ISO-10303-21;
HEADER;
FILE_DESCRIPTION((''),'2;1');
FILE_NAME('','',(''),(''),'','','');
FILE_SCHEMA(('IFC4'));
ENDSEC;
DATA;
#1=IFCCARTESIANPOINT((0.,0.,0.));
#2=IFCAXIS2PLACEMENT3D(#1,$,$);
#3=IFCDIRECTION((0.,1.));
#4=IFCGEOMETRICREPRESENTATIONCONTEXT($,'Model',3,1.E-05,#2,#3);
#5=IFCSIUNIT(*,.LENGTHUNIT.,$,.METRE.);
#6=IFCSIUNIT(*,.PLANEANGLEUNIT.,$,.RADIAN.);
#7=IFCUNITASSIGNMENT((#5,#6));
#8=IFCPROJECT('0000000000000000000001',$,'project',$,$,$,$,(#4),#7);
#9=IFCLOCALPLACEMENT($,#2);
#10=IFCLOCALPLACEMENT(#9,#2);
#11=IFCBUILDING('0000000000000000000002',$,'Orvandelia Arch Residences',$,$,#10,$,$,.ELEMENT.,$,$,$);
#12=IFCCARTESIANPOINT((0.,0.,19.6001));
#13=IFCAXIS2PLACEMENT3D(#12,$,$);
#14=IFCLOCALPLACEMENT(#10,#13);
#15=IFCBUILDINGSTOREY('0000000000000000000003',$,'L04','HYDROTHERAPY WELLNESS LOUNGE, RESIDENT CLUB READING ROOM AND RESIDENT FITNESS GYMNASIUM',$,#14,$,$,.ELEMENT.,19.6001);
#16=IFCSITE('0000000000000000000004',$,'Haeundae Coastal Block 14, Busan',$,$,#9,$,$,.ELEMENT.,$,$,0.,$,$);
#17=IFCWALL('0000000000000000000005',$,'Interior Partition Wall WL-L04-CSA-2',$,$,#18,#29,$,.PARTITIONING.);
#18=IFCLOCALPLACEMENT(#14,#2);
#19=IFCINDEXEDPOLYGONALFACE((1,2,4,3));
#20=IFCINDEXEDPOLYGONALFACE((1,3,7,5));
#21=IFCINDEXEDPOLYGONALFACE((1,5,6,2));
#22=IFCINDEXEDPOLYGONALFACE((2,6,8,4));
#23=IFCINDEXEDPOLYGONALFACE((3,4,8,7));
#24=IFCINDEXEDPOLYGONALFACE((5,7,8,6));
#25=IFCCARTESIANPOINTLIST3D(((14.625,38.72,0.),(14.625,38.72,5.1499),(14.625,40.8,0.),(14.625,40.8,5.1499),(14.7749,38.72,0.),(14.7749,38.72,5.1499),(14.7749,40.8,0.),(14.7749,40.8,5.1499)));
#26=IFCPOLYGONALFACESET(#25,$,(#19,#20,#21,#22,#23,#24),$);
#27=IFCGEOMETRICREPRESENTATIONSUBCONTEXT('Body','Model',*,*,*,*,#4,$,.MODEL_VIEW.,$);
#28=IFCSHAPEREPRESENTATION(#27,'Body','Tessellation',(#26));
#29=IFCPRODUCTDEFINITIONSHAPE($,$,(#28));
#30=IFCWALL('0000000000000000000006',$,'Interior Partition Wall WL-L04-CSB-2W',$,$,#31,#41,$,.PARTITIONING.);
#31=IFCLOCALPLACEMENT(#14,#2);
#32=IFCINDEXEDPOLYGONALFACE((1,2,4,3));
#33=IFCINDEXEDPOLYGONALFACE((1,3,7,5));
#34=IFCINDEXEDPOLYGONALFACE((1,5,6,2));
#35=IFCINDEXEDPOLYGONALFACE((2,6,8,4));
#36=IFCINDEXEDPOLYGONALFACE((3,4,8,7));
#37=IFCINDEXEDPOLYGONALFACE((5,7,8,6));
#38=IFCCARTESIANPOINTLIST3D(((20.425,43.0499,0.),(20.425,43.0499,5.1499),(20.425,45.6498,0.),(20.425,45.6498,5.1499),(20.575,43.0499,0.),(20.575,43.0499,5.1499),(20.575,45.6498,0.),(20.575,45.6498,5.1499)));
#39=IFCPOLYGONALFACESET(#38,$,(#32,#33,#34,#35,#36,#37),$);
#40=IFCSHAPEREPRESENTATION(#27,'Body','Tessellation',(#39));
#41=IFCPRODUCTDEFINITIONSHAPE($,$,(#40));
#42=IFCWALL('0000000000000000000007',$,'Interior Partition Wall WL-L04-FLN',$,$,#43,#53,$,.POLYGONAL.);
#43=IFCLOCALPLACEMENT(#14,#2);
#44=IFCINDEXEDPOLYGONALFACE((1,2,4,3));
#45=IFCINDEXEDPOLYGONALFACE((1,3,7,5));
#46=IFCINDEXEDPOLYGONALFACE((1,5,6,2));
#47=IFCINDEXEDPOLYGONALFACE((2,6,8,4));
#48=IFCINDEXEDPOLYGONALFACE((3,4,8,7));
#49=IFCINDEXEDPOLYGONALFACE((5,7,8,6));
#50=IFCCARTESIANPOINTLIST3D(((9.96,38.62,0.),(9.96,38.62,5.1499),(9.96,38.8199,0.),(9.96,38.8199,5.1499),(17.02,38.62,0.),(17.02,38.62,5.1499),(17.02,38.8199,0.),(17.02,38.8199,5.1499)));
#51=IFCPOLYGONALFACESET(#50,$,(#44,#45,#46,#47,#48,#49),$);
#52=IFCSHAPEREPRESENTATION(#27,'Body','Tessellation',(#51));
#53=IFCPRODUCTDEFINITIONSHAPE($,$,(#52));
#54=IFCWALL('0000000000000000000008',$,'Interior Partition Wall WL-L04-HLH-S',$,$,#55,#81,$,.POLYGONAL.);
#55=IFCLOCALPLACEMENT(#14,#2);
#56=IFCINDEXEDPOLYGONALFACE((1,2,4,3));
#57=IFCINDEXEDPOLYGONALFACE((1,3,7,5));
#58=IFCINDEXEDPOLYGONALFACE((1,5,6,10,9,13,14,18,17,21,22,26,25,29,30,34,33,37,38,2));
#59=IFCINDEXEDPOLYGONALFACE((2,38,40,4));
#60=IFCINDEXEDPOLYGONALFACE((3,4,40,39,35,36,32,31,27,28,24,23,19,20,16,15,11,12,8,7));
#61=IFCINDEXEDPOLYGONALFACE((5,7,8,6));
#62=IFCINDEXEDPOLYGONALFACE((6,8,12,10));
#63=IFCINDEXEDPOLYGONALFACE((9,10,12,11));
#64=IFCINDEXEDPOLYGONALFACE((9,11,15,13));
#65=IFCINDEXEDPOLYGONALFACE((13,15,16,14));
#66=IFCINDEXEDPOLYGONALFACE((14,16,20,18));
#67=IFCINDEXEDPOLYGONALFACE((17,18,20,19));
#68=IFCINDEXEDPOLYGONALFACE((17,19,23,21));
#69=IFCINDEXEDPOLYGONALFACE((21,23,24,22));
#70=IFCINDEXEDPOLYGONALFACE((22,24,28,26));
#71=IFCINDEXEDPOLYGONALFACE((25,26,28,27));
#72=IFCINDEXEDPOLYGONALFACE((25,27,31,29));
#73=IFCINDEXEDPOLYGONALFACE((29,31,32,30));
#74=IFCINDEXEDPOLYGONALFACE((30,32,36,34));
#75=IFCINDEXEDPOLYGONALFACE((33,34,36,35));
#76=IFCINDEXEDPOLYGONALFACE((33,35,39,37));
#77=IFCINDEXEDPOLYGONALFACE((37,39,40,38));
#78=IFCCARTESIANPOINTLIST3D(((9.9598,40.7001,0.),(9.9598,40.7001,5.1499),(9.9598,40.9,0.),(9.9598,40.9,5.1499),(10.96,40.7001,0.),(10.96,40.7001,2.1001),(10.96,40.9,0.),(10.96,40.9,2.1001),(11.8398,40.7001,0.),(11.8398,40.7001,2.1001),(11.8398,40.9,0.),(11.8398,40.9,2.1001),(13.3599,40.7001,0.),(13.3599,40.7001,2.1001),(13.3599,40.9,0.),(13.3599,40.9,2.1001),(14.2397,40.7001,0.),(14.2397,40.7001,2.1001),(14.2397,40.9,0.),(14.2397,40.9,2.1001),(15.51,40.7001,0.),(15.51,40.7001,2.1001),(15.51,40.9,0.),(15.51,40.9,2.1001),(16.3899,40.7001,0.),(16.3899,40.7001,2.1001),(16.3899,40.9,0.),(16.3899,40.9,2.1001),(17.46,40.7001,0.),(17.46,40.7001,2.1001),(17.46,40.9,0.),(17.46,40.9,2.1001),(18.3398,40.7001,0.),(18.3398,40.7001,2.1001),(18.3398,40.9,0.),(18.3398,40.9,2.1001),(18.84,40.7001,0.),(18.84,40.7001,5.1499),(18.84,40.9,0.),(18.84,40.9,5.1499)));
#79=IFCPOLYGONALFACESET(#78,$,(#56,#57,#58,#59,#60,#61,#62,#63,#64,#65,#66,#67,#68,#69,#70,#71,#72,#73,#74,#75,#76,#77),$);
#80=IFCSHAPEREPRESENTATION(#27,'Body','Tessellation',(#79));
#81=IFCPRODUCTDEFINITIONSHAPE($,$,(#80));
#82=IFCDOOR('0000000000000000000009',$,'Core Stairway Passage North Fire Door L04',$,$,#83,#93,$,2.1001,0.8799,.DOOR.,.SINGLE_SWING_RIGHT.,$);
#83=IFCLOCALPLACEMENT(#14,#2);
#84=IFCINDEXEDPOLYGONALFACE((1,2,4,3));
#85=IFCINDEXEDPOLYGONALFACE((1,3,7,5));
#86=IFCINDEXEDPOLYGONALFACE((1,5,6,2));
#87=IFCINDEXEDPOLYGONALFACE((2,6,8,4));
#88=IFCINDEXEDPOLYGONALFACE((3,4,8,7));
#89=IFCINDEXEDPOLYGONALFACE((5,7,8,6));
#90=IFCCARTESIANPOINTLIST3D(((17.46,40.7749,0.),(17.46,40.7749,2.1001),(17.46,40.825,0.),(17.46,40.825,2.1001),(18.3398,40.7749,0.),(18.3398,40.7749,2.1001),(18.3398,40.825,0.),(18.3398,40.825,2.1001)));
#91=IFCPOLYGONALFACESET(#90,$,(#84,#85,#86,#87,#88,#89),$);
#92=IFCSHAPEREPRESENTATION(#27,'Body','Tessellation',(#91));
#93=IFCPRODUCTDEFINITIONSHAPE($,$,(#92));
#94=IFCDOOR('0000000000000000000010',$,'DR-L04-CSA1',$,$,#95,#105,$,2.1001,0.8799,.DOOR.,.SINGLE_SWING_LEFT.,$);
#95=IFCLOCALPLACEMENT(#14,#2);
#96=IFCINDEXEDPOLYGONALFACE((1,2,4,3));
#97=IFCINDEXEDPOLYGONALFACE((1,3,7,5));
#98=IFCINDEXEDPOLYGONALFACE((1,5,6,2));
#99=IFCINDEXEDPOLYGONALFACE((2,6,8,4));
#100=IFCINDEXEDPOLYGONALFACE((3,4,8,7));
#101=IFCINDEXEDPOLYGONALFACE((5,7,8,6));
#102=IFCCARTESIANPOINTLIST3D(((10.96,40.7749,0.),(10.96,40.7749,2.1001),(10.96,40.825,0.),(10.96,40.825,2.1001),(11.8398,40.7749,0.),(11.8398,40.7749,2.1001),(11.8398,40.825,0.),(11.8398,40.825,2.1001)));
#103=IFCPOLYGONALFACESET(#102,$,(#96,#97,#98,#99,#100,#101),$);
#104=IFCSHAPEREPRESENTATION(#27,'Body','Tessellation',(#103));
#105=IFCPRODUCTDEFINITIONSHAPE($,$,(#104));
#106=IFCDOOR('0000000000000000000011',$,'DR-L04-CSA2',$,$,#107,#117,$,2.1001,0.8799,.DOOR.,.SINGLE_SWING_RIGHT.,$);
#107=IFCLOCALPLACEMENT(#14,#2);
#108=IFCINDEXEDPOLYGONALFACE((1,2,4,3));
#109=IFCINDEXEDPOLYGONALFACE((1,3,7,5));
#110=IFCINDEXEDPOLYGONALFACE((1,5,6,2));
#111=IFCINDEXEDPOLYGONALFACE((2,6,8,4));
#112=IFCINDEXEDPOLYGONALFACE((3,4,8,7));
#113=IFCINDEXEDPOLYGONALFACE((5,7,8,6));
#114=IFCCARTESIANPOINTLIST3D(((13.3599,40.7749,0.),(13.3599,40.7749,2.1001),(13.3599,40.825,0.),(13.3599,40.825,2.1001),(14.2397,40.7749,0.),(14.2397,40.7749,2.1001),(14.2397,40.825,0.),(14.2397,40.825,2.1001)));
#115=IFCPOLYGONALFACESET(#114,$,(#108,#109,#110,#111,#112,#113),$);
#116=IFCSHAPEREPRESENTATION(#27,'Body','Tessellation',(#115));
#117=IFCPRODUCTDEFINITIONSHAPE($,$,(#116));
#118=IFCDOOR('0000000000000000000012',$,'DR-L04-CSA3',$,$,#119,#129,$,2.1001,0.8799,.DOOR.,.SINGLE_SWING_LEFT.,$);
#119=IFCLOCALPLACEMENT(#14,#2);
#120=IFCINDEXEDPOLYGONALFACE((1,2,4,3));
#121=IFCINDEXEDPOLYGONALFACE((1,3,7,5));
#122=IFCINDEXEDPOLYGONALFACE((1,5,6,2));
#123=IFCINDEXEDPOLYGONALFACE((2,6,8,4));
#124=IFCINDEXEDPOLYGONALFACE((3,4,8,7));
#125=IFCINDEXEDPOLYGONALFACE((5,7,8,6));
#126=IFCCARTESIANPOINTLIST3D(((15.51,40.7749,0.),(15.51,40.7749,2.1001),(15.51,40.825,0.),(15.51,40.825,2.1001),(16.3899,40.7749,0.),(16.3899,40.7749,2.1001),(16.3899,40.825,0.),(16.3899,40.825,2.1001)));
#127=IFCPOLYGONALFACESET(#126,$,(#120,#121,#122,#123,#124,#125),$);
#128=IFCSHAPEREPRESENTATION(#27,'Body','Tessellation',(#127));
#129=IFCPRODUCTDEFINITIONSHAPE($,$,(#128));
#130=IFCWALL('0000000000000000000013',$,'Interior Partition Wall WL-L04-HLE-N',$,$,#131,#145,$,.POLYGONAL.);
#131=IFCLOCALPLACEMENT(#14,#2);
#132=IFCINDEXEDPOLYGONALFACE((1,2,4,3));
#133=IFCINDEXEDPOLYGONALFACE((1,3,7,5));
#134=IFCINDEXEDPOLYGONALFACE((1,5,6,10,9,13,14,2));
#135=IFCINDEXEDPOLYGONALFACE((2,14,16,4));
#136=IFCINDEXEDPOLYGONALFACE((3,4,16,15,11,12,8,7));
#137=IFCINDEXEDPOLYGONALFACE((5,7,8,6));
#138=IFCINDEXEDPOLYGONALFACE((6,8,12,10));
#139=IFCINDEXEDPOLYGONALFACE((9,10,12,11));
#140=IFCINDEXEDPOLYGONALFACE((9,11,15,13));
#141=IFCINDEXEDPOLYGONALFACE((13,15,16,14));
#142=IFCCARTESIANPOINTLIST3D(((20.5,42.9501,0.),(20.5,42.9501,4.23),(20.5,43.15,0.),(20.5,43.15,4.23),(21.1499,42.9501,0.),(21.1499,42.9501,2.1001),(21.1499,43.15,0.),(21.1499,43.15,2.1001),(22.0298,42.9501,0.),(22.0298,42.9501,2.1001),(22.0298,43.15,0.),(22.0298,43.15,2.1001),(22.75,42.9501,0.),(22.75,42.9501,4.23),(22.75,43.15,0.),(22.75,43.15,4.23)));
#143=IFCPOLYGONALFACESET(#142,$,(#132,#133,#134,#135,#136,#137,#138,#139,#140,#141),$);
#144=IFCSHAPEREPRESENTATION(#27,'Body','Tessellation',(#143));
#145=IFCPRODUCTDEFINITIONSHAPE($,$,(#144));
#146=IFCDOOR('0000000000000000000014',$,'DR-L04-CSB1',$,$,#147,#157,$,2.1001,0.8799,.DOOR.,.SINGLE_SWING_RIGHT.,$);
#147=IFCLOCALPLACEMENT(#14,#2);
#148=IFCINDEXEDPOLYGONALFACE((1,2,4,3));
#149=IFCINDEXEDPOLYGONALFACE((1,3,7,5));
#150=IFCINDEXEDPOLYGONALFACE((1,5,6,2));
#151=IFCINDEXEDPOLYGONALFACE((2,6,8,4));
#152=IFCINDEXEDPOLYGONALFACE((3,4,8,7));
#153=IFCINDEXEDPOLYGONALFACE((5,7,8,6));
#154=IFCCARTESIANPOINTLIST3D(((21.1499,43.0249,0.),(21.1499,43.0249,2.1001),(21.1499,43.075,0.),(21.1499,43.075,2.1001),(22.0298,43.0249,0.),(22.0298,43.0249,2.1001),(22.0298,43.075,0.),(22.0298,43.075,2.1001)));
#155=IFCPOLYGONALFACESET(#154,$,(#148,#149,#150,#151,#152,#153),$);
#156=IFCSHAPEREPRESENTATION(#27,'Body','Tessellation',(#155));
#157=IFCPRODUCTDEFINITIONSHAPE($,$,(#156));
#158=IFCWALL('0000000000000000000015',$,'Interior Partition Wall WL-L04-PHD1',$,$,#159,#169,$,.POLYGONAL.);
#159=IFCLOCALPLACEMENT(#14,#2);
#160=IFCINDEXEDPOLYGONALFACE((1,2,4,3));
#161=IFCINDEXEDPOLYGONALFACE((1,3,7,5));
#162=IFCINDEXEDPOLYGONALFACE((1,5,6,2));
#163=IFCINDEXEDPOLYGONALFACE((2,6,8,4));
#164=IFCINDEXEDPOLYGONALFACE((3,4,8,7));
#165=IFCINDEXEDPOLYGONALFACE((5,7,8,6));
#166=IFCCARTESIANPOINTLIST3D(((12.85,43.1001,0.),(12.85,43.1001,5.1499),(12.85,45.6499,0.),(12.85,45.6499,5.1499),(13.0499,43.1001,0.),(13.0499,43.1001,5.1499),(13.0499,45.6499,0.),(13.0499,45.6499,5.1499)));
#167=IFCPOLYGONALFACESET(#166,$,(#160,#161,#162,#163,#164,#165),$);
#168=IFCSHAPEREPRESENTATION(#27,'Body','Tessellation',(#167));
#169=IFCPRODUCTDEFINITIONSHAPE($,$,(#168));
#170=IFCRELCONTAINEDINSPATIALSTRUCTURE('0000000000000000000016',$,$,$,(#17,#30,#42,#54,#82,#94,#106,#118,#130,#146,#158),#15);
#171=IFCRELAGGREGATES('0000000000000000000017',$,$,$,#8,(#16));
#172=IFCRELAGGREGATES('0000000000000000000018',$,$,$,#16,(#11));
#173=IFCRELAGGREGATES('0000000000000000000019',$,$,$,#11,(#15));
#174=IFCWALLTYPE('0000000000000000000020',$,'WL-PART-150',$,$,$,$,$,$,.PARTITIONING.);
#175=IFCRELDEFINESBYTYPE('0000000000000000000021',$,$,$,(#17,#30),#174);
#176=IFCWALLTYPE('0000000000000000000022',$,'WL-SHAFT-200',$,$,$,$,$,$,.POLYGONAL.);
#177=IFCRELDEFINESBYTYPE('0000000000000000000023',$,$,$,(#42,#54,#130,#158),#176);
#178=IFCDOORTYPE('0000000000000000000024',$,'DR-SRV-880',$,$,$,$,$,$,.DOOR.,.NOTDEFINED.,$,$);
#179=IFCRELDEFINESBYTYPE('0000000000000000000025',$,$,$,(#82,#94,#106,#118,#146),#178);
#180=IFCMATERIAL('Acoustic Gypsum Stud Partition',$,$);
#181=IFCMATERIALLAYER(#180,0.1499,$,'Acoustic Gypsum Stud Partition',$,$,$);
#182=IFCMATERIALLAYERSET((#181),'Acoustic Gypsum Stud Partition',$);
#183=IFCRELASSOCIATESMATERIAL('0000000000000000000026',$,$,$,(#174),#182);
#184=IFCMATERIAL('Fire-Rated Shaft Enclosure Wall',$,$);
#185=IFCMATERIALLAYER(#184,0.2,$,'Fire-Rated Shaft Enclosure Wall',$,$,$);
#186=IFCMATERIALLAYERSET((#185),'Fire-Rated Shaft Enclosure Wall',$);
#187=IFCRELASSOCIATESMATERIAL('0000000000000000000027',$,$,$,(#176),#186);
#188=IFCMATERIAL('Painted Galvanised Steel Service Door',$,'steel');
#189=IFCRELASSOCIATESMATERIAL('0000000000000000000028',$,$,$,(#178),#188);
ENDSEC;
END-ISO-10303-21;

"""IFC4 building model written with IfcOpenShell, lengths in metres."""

from ifc_helpers import new_model, si_unit, direction, frame, frame_2d, origin, place, context, subcontext, project, spatial, rectangle, extrude, material, layer, layer_set, type_object, element, fill, save


model = new_model("IFC4")

# Units and contexts
model_context = context("Model", 3, precision=1e-05, world=origin(), true_north=direction((0.0, 1.0)))
body_context = subcontext(model_context, "Body", "Model", "MODEL_VIEW")
ifc_project = project(units=[si_unit("LENGTHUNIT", "METRE"), si_unit("PLANEANGLEUNIT", "RADIAN")], contexts=[model_context])

# Site, building, storey
site_placement = place(None, origin())
site = spatial("IfcSite", under=ifc_project, at=site_placement, Name="Haeundae Coastal Block 14, Busan", CompositionType="ELEMENT", RefElevation=0.0)
building_placement = place(site_placement, origin())
building = spatial("IfcBuilding", under=site, at=building_placement, Name="Orvandelia Arch Residences", CompositionType="ELEMENT")
storey_placement = place(building_placement, frame((0.0, 0.0, 19.6001)))
storey = spatial("IfcBuildingStorey", under=building, at=storey_placement, Name="L04", Description="HYDROTHERAPY WELLNESS LOUNGE, RESIDENT CLUB READING ROOM AND RESIDENT FITNESS GYMNASIUM", CompositionType="ELEMENT", Elevation=19.6001)

# Walls
ifc_material_1 = material(Name="Acoustic Gypsum Stud Partition")
ifc_layer_1 = layer(ifc_material_1, 0.1499, Name="Acoustic Gypsum Stud Partition")
ifc_layer_set_1 = layer_set([ifc_layer_1], Name="Acoustic Gypsum Stud Partition")
wall_type_1 = type_object("IfcWallType", Name="WL-PART-150", PredefinedType="PARTITIONING", material=ifc_layer_set_1)
for number, where, z_axis, x_axis, name in (
    (1, (14.7, 38.72, 0.0), (0.0, 0.0, 1.0), (0.0, 1.0, 0.0), "Interior Partition Wall WL-L04-CSA-2"),
):
    element("IfcWall", number, at=place(storey_placement, frame(where, z_axis=z_axis, x_axis=x_axis)), inside=storey, type_object=wall_type_1, Name=name, PredefinedType="PARTITIONING", context=body_context, shape_type="SweptSolid", body=[
        extrude(rectangle(XDim=2.0801, YDim=0.1499, at=frame_2d((1.04, 0.0))), origin(), (0.0, 0.0, 1.0), 5.1499),
    ])
wall_1_placement = place(storey_placement, frame((20.5, 43.05, 0.0), z_axis=(0.0, 0.0, 1.0), x_axis=(0.0, 1.0, 0.0)))
element("IfcWall", 2, at=wall_1_placement, inside=storey, type_object=wall_type_1, Name="Interior Partition Wall WL-L04-CSB-2W", PredefinedType="PARTITIONING", context=body_context, shape_type="SweptSolid", body=[
    extrude(rectangle(XDim=2.5999, YDim=0.1499, at=frame_2d((1.2998, 0.0))), origin(), (0.0, 0.0, 1.0), 5.1499),
])
ifc_material_2 = material(Name="Fire-Rated Shaft Enclosure Wall")
ifc_layer_2 = layer(ifc_material_2, 0.2, Name="Fire-Rated Shaft Enclosure Wall")
ifc_layer_set_2 = layer_set([ifc_layer_2], Name="Fire-Rated Shaft Enclosure Wall")
wall_type_2 = type_object("IfcWallType", Name="WL-SHAFT-200", PredefinedType="POLYGONAL", material=ifc_layer_set_2)
wall_2_placement = place(storey_placement, frame((9.96, 38.72, 0.0), z_axis=(0.0, 0.0, 1.0), x_axis=(1.0, 0.0, 0.0)))
element("IfcWall", 3, at=wall_2_placement, inside=storey, type_object=wall_type_2, Name="Interior Partition Wall WL-L04-FLN", PredefinedType="POLYGONAL", context=body_context, shape_type="SweptSolid", body=[
    extrude(rectangle(XDim=7.0601, YDim=0.2, at=frame_2d((3.53, 0.0))), origin(), (0.0, 0.0, 1.0), 5.1499),
])

# Wall, openings, doors
wall_3_placement = place(storey_placement, frame((9.96, 40.8, 0.0), z_axis=(0.0, 0.0, 1.0), x_axis=(1.0, 0.0, 0.0)))
wall_3 = element("IfcWall", 4, at=wall_3_placement, inside=storey, type_object=wall_type_2, Name="Interior Partition Wall WL-L04-HLH-S", PredefinedType="POLYGONAL", context=body_context, shape_type="SweptSolid", body=[
    extrude(rectangle(XDim=8.8801, YDim=0.2, at=frame_2d((4.4399, 0.0))), origin(), (0.0, 0.0, 1.0), 5.1499),
])
opening_1_placement = place(wall_3_placement, frame((7.5, 0.0, 0.0)))
opening_1 = element("IfcOpeningElement", 5, at=opening_1_placement, cuts=wall_3, PredefinedType="OPENING", context=body_context, shape_type="SweptSolid", body=[
    extrude(rectangle(XDim=0.8799, YDim=2.1001, at=frame_2d((0.4399, 1.05))), frame((0.0, 0.1099, 0.0), z_axis=(0.0, -1.0, 0.0), x_axis=(1.0, 0.0, 0.0)), (0.0, 0.0, 1.0), 0.22),
])
opening_2_placement = place(wall_3_placement, frame((1.0, 0.0, 0.0)))
opening_2 = element("IfcOpeningElement", 6, at=opening_2_placement, cuts=wall_3, PredefinedType="OPENING", context=body_context, shape_type="SweptSolid", body=[
    extrude(rectangle(XDim=0.8799, YDim=2.1001, at=frame_2d((0.4399, 1.05))), frame((0.0, 0.1099, 0.0), z_axis=(0.0, -1.0, 0.0), x_axis=(1.0, 0.0, 0.0)), (0.0, 0.0, 1.0), 0.22),
])
opening_3_placement = place(wall_3_placement, frame((3.3999, 0.0, 0.0)))
opening_3 = element("IfcOpeningElement", 7, at=opening_3_placement, cuts=wall_3, PredefinedType="OPENING", context=body_context, shape_type="SweptSolid", body=[
    extrude(rectangle(XDim=0.8799, YDim=2.1001, at=frame_2d((0.4399, 1.05))), frame((0.0, 0.1099, 0.0), z_axis=(0.0, -1.0, 0.0), x_axis=(1.0, 0.0, 0.0)), (0.0, 0.0, 1.0), 0.22),
])
opening_4_placement = place(wall_3_placement, frame((5.55, 0.0, 0.0)))
opening_4 = element("IfcOpeningElement", 8, at=opening_4_placement, cuts=wall_3, PredefinedType="OPENING", context=body_context, shape_type="SweptSolid", body=[
    extrude(rectangle(XDim=0.8799, YDim=2.1001, at=frame_2d((0.4399, 1.05))), frame((0.0, 0.1099, 0.0), z_axis=(0.0, -1.0, 0.0), x_axis=(1.0, 0.0, 0.0)), (0.0, 0.0, 1.0), 0.22),
])
ifc_material_3 = material(Name="Painted Galvanised Steel Service Door", Category="steel")
door_type = type_object("IfcDoorType", Name="DR-SRV-880", OperationType="NOTDEFINED", PredefinedType="DOOR", material=ifc_material_3)
door_1_placement = place(opening_1_placement, origin())
door_1 = element("IfcDoor", 9, at=door_1_placement, inside=storey, type_object=door_type, Name="Core Stairway Passage North Fire Door L04", OperationType="SINGLE_SWING_RIGHT", OverallHeight=2.1001, OverallWidth=0.8799, PredefinedType="DOOR", context=body_context, shape_type="SweptSolid", body=[
    extrude(rectangle(XDim=0.8799, YDim=2.1001, at=frame_2d((0.4399, 1.05))), frame((0.0, 0.0249, 0.0), z_axis=(0.0, -1.0, 0.0), x_axis=(1.0, 0.0, 0.0)), (0.0, 0.0, 1.0), 0.05),
])
fill(opening_1, door_1)
door_2_placement = place(opening_2_placement, origin())
door_2 = element("IfcDoor", 10, at=door_2_placement, inside=storey, type_object=door_type, Name="DR-L04-CSA1", OperationType="SINGLE_SWING_LEFT", OverallHeight=2.1001, OverallWidth=0.8799, PredefinedType="DOOR", context=body_context, shape_type="SweptSolid", body=[
    extrude(rectangle(XDim=0.8799, YDim=2.1001, at=frame_2d((0.4399, 1.05))), frame((0.0, 0.0249, 0.0), z_axis=(0.0, -1.0, 0.0), x_axis=(1.0, 0.0, 0.0)), (0.0, 0.0, 1.0), 0.05),
])
fill(opening_2, door_2)
door_3_placement = place(opening_3_placement, origin())
door_3 = element("IfcDoor", 11, at=door_3_placement, inside=storey, type_object=door_type, Name="DR-L04-CSA2", OperationType="SINGLE_SWING_RIGHT", OverallHeight=2.1001, OverallWidth=0.8799, PredefinedType="DOOR", context=body_context, shape_type="SweptSolid", body=[
    extrude(rectangle(XDim=0.8799, YDim=2.1001, at=frame_2d((0.4399, 1.05))), frame((0.0, 0.0249, 0.0), z_axis=(0.0, -1.0, 0.0), x_axis=(1.0, 0.0, 0.0)), (0.0, 0.0, 1.0), 0.05),
])
fill(opening_3, door_3)
door_4_placement = place(opening_4_placement, origin())
door_4 = element("IfcDoor", 12, at=door_4_placement, inside=storey, type_object=door_type, Name="DR-L04-CSA3", OperationType="SINGLE_SWING_LEFT", OverallHeight=2.1001, OverallWidth=0.8799, PredefinedType="DOOR", context=body_context, shape_type="SweptSolid", body=[
    extrude(rectangle(XDim=0.8799, YDim=2.1001, at=frame_2d((0.4399, 1.05))), frame((0.0, 0.0249, 0.0), z_axis=(0.0, -1.0, 0.0), x_axis=(1.0, 0.0, 0.0)), (0.0, 0.0, 1.0), 0.05),
])
fill(opening_4, door_4)

# Wall, opening, door
wall_4_placement = place(storey_placement, frame((20.5, 43.05, 0.0), z_axis=(0.0, 0.0, 1.0), x_axis=(1.0, 0.0, 0.0)))
wall_4 = element("IfcWall", 13, at=wall_4_placement, inside=storey, type_object=wall_type_2, Name="Interior Partition Wall WL-L04-HLE-N", PredefinedType="POLYGONAL", context=body_context, shape_type="SweptSolid", body=[
    extrude(rectangle(XDim=2.25, YDim=0.2, at=frame_2d((1.125, 0.0))), origin(), (0.0, 0.0, 1.0), 4.23),
])
opening_5_placement = place(wall_4_placement, frame((0.6499, 0.0, 0.0)))
opening_5 = element("IfcOpeningElement", 14, at=opening_5_placement, cuts=wall_4, PredefinedType="OPENING", context=body_context, shape_type="SweptSolid", body=[
    extrude(rectangle(XDim=0.8799, YDim=2.1001, at=frame_2d((0.4399, 1.05))), frame((0.0, 0.1099, 0.0), z_axis=(0.0, -1.0, 0.0), x_axis=(1.0, 0.0, 0.0)), (0.0, 0.0, 1.0), 0.22),
])
door_5_placement = place(opening_5_placement, origin())
door_5 = element("IfcDoor", 15, at=door_5_placement, inside=storey, type_object=door_type, Name="DR-L04-CSB1", OperationType="SINGLE_SWING_RIGHT", OverallHeight=2.1001, OverallWidth=0.8799, PredefinedType="DOOR", context=body_context, shape_type="SweptSolid", body=[
    extrude(rectangle(XDim=0.8799, YDim=2.1001, at=frame_2d((0.4399, 1.05))), frame((0.0, 0.0249, 0.0), z_axis=(0.0, -1.0, 0.0), x_axis=(1.0, 0.0, 0.0)), (0.0, 0.0, 1.0), 0.05),
])
fill(opening_5, door_5)

# Wall
for number, where, z_axis, x_axis, name in (
    (16, (12.95, 43.1001, 0.0), (0.0, 0.0, 1.0), (0.0, 1.0, 0.0), "Interior Partition Wall WL-L04-PHD1"),
):
    element("IfcWall", number, at=place(storey_placement, frame(where, z_axis=z_axis, x_axis=x_axis)), inside=storey, type_object=wall_type_2, Name=name, PredefinedType="POLYGONAL", context=body_context, shape_type="SweptSolid", body=[
        extrude(rectangle(XDim=2.5498, YDim=0.2, at=frame_2d((1.2749, 0.0))), origin(), (0.0, 0.0, 1.0), 5.1499),
    ])

save(model, "model.ifc")
